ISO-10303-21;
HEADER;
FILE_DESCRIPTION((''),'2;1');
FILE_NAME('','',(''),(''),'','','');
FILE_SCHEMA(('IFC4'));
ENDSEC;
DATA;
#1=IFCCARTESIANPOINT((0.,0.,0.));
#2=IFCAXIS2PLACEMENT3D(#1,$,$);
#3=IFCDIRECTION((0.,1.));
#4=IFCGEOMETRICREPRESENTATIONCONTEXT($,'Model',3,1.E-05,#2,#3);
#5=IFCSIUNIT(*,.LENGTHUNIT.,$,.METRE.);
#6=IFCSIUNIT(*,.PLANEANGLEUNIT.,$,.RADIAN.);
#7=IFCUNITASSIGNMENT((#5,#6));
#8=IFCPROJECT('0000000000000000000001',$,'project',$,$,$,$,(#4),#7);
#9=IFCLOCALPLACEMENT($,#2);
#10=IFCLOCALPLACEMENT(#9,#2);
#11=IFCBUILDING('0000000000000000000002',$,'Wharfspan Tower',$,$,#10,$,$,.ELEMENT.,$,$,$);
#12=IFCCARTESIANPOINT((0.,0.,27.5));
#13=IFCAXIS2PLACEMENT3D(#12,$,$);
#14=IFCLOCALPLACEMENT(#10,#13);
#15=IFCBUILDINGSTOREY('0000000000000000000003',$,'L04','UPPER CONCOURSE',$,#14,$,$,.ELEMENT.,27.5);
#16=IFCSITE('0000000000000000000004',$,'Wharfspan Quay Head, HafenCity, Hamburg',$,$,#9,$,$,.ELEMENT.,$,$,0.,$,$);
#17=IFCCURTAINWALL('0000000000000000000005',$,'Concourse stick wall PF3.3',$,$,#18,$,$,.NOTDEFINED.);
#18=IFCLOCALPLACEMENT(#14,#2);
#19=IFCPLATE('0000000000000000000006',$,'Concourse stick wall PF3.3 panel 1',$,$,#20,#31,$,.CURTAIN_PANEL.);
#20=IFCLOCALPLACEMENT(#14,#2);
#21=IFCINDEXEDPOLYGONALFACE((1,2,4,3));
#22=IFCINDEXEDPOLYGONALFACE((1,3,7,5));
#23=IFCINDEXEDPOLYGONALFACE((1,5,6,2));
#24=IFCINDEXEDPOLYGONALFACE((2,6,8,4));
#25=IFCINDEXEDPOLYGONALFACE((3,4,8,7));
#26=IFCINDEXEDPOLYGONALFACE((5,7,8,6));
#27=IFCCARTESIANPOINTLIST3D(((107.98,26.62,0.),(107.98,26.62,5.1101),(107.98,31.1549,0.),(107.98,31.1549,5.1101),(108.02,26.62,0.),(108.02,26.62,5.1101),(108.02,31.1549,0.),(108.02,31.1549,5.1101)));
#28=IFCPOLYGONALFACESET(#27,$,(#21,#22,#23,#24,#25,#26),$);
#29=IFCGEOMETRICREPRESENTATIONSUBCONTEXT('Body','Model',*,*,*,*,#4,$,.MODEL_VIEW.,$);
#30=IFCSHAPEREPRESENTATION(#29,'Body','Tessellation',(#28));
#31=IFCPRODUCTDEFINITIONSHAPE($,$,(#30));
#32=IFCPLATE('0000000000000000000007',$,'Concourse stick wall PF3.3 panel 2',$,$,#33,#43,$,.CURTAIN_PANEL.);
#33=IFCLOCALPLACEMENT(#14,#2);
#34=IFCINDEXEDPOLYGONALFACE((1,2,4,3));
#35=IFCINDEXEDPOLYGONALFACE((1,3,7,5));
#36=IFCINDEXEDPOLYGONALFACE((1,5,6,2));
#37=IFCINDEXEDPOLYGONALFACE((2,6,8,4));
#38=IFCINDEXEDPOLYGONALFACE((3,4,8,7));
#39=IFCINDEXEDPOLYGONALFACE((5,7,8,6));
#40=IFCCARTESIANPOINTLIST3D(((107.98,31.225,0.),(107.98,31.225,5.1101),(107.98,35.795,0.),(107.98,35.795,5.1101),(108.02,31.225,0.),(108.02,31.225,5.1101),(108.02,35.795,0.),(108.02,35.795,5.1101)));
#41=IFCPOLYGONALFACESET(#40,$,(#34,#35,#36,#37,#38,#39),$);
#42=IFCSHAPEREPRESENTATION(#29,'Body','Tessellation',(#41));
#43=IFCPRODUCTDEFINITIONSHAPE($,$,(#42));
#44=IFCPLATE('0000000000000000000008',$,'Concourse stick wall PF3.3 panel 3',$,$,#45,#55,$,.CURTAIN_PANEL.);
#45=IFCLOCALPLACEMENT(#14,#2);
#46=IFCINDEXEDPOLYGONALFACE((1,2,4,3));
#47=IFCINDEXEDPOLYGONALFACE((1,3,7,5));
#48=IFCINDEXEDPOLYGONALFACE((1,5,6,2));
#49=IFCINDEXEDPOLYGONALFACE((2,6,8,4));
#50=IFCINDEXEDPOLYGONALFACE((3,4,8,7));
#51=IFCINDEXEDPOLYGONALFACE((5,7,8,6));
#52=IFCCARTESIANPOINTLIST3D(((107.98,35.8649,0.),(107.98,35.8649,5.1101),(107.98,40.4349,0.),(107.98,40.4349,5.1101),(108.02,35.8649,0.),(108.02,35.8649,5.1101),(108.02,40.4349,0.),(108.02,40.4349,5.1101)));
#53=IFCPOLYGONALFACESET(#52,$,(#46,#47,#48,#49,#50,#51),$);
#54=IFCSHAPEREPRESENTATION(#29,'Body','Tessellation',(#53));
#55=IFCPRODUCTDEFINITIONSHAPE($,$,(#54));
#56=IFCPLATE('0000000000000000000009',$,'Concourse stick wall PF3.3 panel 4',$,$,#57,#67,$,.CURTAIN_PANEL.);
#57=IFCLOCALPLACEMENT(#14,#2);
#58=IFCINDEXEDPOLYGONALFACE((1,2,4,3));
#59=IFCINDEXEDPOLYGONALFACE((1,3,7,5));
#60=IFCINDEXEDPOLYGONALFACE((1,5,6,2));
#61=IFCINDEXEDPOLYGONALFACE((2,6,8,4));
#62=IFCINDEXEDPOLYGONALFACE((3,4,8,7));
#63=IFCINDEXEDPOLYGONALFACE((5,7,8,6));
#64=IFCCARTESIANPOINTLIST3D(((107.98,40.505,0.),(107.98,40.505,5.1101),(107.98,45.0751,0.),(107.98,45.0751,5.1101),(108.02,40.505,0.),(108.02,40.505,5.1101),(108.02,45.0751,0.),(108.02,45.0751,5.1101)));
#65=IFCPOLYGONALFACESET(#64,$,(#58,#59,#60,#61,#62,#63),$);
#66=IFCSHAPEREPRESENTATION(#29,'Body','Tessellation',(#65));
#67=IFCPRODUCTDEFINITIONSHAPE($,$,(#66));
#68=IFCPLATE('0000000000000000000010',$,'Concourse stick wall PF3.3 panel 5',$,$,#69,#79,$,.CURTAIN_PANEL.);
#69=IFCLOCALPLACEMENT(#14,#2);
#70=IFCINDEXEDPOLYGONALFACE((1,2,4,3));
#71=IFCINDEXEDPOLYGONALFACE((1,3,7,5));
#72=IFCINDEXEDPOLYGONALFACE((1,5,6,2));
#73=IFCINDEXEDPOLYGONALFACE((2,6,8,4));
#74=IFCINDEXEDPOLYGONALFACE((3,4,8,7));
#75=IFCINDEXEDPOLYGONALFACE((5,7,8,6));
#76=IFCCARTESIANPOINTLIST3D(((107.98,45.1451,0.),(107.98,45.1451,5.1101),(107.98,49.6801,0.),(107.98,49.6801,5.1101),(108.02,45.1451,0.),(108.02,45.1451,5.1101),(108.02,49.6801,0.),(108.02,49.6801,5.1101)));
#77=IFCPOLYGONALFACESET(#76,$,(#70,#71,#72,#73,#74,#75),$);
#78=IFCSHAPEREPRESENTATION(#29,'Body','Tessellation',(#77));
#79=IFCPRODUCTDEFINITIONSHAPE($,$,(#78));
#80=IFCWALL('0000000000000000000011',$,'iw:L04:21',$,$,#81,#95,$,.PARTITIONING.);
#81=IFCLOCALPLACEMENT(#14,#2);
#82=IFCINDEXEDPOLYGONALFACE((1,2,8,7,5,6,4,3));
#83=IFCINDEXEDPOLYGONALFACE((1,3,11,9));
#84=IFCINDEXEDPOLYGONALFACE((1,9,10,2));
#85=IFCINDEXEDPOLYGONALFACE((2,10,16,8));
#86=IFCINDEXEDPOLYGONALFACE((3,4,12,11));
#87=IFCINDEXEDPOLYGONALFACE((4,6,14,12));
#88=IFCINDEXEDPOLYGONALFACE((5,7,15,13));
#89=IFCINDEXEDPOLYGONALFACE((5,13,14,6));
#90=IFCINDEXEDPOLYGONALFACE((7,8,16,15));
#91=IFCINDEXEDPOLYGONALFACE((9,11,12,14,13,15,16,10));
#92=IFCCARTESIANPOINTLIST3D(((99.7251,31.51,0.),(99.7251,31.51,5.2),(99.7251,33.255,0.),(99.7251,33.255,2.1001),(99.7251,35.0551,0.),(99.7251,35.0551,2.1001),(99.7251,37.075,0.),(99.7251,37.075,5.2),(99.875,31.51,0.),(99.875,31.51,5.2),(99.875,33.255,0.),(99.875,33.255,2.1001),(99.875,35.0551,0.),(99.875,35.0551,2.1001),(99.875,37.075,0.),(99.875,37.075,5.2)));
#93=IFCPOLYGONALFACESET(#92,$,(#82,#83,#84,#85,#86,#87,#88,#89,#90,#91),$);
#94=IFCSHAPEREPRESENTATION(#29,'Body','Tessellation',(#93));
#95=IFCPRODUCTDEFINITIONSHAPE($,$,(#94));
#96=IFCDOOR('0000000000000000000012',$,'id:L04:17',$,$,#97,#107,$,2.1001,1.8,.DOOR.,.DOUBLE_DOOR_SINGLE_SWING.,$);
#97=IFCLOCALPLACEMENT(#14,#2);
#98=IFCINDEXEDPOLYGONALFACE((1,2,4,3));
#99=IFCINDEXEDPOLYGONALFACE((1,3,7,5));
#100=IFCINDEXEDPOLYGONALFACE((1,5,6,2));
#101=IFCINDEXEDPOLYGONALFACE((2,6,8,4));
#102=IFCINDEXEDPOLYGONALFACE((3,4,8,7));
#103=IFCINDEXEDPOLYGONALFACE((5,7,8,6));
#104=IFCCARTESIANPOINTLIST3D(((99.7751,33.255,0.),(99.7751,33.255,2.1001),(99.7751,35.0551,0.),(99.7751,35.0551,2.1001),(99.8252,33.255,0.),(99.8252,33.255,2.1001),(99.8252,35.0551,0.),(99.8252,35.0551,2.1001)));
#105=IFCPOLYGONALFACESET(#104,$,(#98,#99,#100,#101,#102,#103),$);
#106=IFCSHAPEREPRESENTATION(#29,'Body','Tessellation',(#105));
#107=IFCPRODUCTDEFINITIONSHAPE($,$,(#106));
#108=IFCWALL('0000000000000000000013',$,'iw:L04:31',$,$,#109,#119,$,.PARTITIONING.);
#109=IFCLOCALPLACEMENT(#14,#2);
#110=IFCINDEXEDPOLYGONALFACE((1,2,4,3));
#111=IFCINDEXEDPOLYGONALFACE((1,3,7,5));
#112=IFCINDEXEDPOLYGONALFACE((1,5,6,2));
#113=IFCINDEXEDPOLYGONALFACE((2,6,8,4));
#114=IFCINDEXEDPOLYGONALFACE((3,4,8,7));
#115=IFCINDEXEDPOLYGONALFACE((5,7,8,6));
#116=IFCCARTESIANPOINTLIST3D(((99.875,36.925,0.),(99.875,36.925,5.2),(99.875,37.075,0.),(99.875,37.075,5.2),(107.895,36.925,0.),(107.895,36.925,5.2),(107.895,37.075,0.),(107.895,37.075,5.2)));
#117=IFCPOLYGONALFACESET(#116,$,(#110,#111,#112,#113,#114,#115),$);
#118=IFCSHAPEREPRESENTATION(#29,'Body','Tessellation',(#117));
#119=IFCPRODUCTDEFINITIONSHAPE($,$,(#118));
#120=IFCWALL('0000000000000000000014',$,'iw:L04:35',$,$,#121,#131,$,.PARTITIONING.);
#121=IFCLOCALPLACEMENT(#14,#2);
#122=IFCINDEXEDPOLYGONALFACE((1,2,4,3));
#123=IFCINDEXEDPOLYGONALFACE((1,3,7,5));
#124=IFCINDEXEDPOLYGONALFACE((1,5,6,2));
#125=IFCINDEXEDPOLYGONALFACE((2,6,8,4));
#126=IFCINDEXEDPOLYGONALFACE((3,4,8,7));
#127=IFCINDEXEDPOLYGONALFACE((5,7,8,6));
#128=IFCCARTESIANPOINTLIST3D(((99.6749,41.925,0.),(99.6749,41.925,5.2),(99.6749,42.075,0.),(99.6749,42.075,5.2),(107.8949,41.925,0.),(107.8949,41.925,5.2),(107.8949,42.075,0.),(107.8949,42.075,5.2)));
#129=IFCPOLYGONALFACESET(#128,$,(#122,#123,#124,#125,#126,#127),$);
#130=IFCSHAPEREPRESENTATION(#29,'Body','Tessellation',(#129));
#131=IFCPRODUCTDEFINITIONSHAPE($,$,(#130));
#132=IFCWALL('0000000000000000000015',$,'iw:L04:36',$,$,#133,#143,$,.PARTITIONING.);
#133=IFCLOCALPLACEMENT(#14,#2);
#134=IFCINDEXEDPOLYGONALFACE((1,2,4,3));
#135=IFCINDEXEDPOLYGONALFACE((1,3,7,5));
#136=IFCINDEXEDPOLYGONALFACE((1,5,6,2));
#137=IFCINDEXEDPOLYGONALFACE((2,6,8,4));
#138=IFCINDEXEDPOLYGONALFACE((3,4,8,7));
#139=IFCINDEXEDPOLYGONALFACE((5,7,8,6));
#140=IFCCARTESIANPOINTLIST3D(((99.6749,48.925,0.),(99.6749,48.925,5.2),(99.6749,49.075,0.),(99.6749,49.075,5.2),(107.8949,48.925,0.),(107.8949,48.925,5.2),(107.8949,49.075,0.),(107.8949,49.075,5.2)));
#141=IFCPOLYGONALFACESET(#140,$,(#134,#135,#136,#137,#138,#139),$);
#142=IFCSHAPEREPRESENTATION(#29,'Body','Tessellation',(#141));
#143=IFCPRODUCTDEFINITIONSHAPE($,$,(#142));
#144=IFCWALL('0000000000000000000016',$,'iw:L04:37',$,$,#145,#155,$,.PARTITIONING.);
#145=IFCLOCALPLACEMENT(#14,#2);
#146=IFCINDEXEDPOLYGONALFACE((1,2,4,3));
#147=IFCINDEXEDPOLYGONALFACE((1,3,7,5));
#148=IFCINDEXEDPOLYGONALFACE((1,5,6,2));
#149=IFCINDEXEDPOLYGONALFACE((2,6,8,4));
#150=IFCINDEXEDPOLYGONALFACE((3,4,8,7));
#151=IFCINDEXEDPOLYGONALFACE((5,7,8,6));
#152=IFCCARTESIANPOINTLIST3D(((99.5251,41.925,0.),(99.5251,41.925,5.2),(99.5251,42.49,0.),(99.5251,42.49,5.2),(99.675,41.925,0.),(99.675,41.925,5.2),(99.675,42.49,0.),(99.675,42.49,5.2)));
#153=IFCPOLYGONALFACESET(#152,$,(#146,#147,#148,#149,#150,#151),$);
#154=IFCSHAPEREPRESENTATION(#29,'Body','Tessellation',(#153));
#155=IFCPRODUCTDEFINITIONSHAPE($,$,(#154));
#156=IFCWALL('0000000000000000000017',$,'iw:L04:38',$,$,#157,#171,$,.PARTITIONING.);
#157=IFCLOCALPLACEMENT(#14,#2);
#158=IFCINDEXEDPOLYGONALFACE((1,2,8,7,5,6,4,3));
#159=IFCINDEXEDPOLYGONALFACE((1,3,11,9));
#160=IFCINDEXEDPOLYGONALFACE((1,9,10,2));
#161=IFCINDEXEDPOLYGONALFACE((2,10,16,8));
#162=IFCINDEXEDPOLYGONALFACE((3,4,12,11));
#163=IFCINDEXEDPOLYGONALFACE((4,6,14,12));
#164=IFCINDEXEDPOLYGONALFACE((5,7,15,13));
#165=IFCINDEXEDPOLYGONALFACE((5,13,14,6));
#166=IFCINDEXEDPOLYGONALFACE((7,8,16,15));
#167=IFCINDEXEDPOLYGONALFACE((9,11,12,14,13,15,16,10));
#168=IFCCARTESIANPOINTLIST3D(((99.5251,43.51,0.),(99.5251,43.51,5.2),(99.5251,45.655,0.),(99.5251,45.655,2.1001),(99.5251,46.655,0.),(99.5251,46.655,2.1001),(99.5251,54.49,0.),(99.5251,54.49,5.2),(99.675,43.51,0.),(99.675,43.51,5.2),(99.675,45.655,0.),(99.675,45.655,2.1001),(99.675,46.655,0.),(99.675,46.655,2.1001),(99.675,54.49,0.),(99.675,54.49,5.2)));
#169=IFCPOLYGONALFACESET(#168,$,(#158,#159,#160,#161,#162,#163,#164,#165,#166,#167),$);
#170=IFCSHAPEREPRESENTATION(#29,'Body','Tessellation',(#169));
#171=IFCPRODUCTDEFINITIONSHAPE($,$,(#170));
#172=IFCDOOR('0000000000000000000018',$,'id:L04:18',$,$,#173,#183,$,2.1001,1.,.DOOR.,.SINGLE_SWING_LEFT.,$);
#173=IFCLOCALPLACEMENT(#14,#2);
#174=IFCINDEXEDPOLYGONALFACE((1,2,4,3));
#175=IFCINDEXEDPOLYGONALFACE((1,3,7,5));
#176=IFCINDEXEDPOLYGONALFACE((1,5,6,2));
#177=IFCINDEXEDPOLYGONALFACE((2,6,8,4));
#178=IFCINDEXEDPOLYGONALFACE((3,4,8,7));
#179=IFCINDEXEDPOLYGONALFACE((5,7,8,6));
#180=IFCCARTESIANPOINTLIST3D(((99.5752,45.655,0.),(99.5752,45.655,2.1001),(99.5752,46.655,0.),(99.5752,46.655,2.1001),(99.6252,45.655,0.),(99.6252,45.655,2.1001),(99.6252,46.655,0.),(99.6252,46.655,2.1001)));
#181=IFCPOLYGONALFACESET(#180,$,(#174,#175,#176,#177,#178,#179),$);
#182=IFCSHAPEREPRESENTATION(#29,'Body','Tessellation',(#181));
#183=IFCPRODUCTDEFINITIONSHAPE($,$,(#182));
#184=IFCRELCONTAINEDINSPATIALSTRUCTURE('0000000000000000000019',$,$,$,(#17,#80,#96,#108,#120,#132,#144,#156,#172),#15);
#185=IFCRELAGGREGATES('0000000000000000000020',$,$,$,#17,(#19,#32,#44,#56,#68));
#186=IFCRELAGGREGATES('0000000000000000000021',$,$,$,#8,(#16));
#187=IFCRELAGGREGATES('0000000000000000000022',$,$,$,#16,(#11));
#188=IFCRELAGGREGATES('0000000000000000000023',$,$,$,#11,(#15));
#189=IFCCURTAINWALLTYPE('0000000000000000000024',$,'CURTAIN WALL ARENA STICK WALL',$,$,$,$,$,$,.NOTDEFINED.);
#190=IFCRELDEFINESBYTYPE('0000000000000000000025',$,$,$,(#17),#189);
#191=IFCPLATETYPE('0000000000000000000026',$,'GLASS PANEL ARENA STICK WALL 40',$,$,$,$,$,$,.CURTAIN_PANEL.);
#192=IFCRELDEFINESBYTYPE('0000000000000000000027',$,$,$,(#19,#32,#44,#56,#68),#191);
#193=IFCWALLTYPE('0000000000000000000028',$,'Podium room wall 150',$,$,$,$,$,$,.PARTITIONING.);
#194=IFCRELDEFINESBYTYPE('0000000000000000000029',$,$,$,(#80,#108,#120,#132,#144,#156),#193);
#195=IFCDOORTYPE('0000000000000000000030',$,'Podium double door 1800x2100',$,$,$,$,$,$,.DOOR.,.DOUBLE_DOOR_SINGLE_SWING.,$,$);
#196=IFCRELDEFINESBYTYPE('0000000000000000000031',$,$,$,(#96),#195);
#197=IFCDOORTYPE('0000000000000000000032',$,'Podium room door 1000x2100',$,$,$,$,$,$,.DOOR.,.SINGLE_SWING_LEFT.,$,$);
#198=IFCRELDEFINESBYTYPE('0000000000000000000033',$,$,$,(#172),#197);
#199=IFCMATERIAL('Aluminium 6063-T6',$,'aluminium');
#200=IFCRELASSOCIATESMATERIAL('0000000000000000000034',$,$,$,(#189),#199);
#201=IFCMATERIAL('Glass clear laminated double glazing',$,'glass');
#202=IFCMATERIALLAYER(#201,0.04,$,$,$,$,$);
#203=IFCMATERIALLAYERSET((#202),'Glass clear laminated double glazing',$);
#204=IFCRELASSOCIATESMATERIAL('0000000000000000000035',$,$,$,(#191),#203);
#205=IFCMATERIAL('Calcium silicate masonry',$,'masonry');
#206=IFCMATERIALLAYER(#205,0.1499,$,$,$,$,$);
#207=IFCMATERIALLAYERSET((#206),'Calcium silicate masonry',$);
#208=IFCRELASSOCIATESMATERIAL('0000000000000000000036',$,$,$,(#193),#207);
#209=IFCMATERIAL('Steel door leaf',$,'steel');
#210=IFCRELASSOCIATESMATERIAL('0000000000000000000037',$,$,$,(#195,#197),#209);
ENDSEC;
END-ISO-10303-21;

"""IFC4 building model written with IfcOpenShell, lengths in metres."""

from ifc_helpers import new_model, si_unit, direction, frame, frame_2d, origin, origin_2d, place, context, subcontext, project, spatial, rectangle, extrude, material, layer, layer_set, type_object, element, fill, aggregate, save


model = new_model("IFC4")

# Units and contexts
model_context = context("Model", 3, precision=1e-05, world=origin(), true_north=direction((0.0, 1.0)))
body_context = subcontext(model_context, "Body", "Model", "MODEL_VIEW")
ifc_project = project(units=[si_unit("LENGTHUNIT", "METRE"), si_unit("PLANEANGLEUNIT", "RADIAN")], contexts=[model_context])

# Site, building, storey
site_placement = place(None, origin())
site = spatial("IfcSite", under=ifc_project, at=site_placement, Name="Wharfspan Quay Head, HafenCity, Hamburg", CompositionType="ELEMENT", RefElevation=0.0)
building_placement = place(site_placement, origin())
building = spatial("IfcBuilding", under=site, at=building_placement, Name="Wharfspan Tower", CompositionType="ELEMENT")
storey_placement = place(building_placement, frame((0.0, 0.0, 27.5)))
storey = spatial("IfcBuildingStorey", under=building, at=storey_placement, Name="L04", Description="UPPER CONCOURSE", CompositionType="ELEMENT", Elevation=27.5)

# Curtain wall, plates
ifc_material_1 = material(Name="Aluminium 6063-T6", Category="aluminium")
curtain_wall_type = type_object("IfcCurtainWallType", Name="CURTAIN WALL ARENA STICK WALL", PredefinedType="NOTDEFINED", material=ifc_material_1)
curtain_wall_placement = place(storey_placement, origin())
curtain_wall = element("IfcCurtainWall", 1, at=curtain_wall_placement, inside=storey, type_object=curtain_wall_type, Name="Concourse stick wall PF3.3", PredefinedType="NOTDEFINED")
ifc_material_2 = material(Name="Glass clear laminated double glazing", Category="glass")
ifc_layer_1 = layer(ifc_material_2, 0.04)
ifc_layer_set_1 = layer_set([ifc_layer_1], Name="Glass clear laminated double glazing")
plate_type = type_object("IfcPlateType", Name="GLASS PANEL ARENA STICK WALL 40", PredefinedType="CURTAIN_PANEL", material=ifc_layer_set_1)
plate_1_placement = place(storey_placement, frame((108.0, 28.8875, 0.0), z_axis=(0.0, 0.0, 1.0), x_axis=(0.0, 1.0, 0.0)))
plate_1 = element("IfcPlate", 2, at=plate_1_placement, type_object=plate_type, Name="Concourse stick wall PF3.3 panel 1", PredefinedType="CURTAIN_PANEL", context=body_context, shape_type="SweptSolid", body=[
    extrude(rectangle(XDim=4.5349, YDim=0.04, at=origin_2d()), origin(), (0.0, 0.0, 1.0), 5.1101),
])
plate_2_placement = place(storey_placement, frame((108.0, 33.51, 0.0), z_axis=(0.0, 0.0, 1.0), x_axis=(0.0, 1.0, 0.0)))
plate_2 = element("IfcPlate", 3, at=plate_2_placement, type_object=plate_type, Name="Concourse stick wall PF3.3 panel 2", PredefinedType="CURTAIN_PANEL", context=body_context, shape_type="SweptSolid", body=[
    extrude(rectangle(XDim=4.5701, YDim=0.04, at=origin_2d()), origin(), (0.0, 0.0, 1.0), 5.1101),
])
plate_3_placement = place(storey_placement, frame((108.0, 38.1499, 0.0), z_axis=(0.0, 0.0, 1.0), x_axis=(0.0, 1.0, 0.0)))
plate_3 = element("IfcPlate", 4, at=plate_3_placement, type_object=plate_type, Name="Concourse stick wall PF3.3 panel 3", PredefinedType="CURTAIN_PANEL", context=body_context, shape_type="SweptSolid", body=[
    extrude(rectangle(XDim=4.5701, YDim=0.04, at=origin_2d()), origin(), (0.0, 0.0, 1.0), 5.1101),
])
plate_4_placement = place(storey_placement, frame((108.0, 42.79, 0.0), z_axis=(0.0, 0.0, 1.0), x_axis=(0.0, 1.0, 0.0)))
plate_4 = element("IfcPlate", 5, at=plate_4_placement, type_object=plate_type, Name="Concourse stick wall PF3.3 panel 4", PredefinedType="CURTAIN_PANEL", context=body_context, shape_type="SweptSolid", body=[
    extrude(rectangle(XDim=4.5701, YDim=0.04, at=origin_2d()), origin(), (0.0, 0.0, 1.0), 5.1101),
])
plate_5_placement = place(storey_placement, frame((108.0, 47.4126, 0.0), z_axis=(0.0, 0.0, 1.0), x_axis=(0.0, 1.0, 0.0)))
plate_5 = element("IfcPlate", 6, at=plate_5_placement, type_object=plate_type, Name="Concourse stick wall PF3.3 panel 5", PredefinedType="CURTAIN_PANEL", context=body_context, shape_type="SweptSolid", body=[
    extrude(rectangle(XDim=4.5349, YDim=0.04, at=origin_2d()), origin(), (0.0, 0.0, 1.0), 5.1101),
])
aggregate(curtain_wall, [plate_1, plate_2, plate_3, plate_4, plate_5])

# Wall, opening, door
ifc_material_3 = material(Name="Calcium silicate masonry", Category="masonry")
ifc_layer_2 = layer(ifc_material_3, 0.1499)
ifc_layer_set_2 = layer_set([ifc_layer_2], Name="Calcium silicate masonry")
wall_type_1 = type_object("IfcWallType", Name="Podium room wall 150", PredefinedType="PARTITIONING", material=ifc_layer_set_2)
wall_1_placement = place(storey_placement, frame((99.8, 31.51, 0.0), z_axis=(0.0, 0.0, 1.0), x_axis=(0.0, 1.0, 0.0)))
wall_1 = element("IfcWall", 7, at=wall_1_placement, inside=storey, type_object=wall_type_1, Name="iw:L04:21", PredefinedType="PARTITIONING", context=body_context, shape_type="SweptSolid", body=[
    extrude(rectangle(XDim=5.5649, YDim=0.1499, at=frame_2d((2.7825, 0.0))), origin(), (0.0, 0.0, 1.0), 5.2),
])
opening_1_placement = place(wall_1_placement, frame((1.7451, 0.0, 0.0)))
opening_1 = element("IfcOpeningElement", 8, at=opening_1_placement, cuts=wall_1, PredefinedType="OPENING", context=body_context, shape_type="SweptSolid", body=[
    extrude(rectangle(XDim=1.8, YDim=2.1001, at=frame_2d((0.8999, 1.05))), frame((0.0, 0.085, 0.0), z_axis=(0.0, -1.0, 0.0), x_axis=(1.0, 0.0, 0.0)), (0.0, 0.0, 1.0), 0.1699),
])
ifc_material_4 = material(Name="Steel door leaf", Category="steel")
door_type_1 = type_object("IfcDoorType", Name="Podium double door 1800x2100", OperationType="DOUBLE_DOOR_SINGLE_SWING", PredefinedType="DOOR", material=ifc_material_4)
door_1_placement = place(opening_1_placement, origin())
door_1 = element("IfcDoor", 9, at=door_1_placement, inside=storey, type_object=door_type_1, Name="id:L04:17", OperationType="DOUBLE_DOOR_SINGLE_SWING", OverallHeight=2.1001, OverallWidth=1.8, PredefinedType="DOOR", context=body_context, shape_type="SweptSolid", body=[
    extrude(rectangle(XDim=1.8, YDim=2.1001, at=frame_2d((0.8999, 1.05))), frame((0.0, 0.0249, 0.0), z_axis=(0.0, -1.0, 0.0), x_axis=(1.0, 0.0, 0.0)), (0.0, 0.0, 1.0), 0.05),
])
fill(opening_1, door_1)

# Walls
wall_2_placement = place(storey_placement, frame((99.875, 37.0, 0.0), z_axis=(0.0, 0.0, 1.0), x_axis=(1.0, 0.0, 0.0)))
element("IfcWall", 10, at=wall_2_placement, inside=storey, type_object=wall_type_1, Name="iw:L04:31", PredefinedType="PARTITIONING", context=body_context, shape_type="SweptSolid", body=[
    extrude(rectangle(XDim=8.02, YDim=0.1499, at=frame_2d((4.01, 0.0))), origin(), (0.0, 0.0, 1.0), 5.2),
])
for number, where, z_axis, x_axis, name in (
    (11, (99.675, 42.0, 0.0), (0.0, 0.0, 1.0), (1.0, 0.0, 0.0), "iw:L04:35"),
    (12, (99.675, 49.0, 0.0), (0.0, 0.0, 1.0), (1.0, 0.0, 0.0), "iw:L04:36"),
):
    element("IfcWall", number, at=place(storey_placement, frame(where, z_axis=z_axis, x_axis=x_axis)), inside=storey, type_object=wall_type_1, Name=name, PredefinedType="PARTITIONING", context=body_context, shape_type="SweptSolid", body=[
        extrude(rectangle(XDim=8.22, YDim=0.1499, at=frame_2d((4.1099, 0.0))), origin(), (0.0, 0.0, 1.0), 5.2),
    ])
wall_3_placement = place(storey_placement, frame((99.6001, 41.925, 0.0), z_axis=(0.0, 0.0, 1.0), x_axis=(0.0, 1.0, 0.0)))
element("IfcWall", 13, at=wall_3_placement, inside=storey, type_object=wall_type_1, Name="iw:L04:37", PredefinedType="PARTITIONING", context=body_context, shape_type="SweptSolid", body=[
    extrude(rectangle(XDim=0.5649, YDim=0.1499, at=frame_2d((0.2825, 0.0))), origin(), (0.0, 0.0, 1.0), 5.2),
])

# Wall, opening, door
wall_4_placement = place(storey_placement, frame((99.6001, 43.51, 0.0), z_axis=(0.0, 0.0, 1.0), x_axis=(0.0, 1.0, 0.0)))
wall_4 = element("IfcWall", 14, at=wall_4_placement, inside=storey, type_object=wall_type_1, Name="iw:L04:38", PredefinedType="PARTITIONING", context=body_context, shape_type="SweptSolid", body=[
    extrude(rectangle(XDim=10.98, YDim=0.1499, at=frame_2d((5.49, 0.0))), origin(), (0.0, 0.0, 1.0), 5.2),
])
opening_2_placement = place(wall_4_placement, frame((2.145, 0.0, 0.0)))
opening_2 = element("IfcOpeningElement", 15, at=opening_2_placement, cuts=wall_4, PredefinedType="OPENING", context=body_context, shape_type="SweptSolid", body=[
    extrude(rectangle(XDim=1.0, YDim=2.1001, at=frame_2d((0.5, 1.05))), frame((0.0, 0.085, 0.0), z_axis=(0.0, -1.0, 0.0), x_axis=(1.0, 0.0, 0.0)), (0.0, 0.0, 1.0), 0.1699),
])
door_type_2 = type_object("IfcDoorType", Name="Podium room door 1000x2100", OperationType="SINGLE_SWING_LEFT", PredefinedType="DOOR", material=ifc_material_4)
door_2_placement = place(opening_2_placement, origin())
door_2 = element("IfcDoor", 16, at=door_2_placement, inside=storey, type_object=door_type_2, Name="id:L04:18", OperationType="SINGLE_SWING_LEFT", OverallHeight=2.1001, OverallWidth=1.0, PredefinedType="DOOR", context=body_context, shape_type="SweptSolid", body=[
    extrude(rectangle(XDim=1.0, YDim=2.1001, at=frame_2d((0.5, 1.05))), frame((0.0, 0.0249, 0.0), z_axis=(0.0, -1.0, 0.0), x_axis=(1.0, 0.0, 0.0)), (0.0, 0.0, 1.0), 0.05),
])
fill(opening_2, door_2)

save(model, "model.ifc")
